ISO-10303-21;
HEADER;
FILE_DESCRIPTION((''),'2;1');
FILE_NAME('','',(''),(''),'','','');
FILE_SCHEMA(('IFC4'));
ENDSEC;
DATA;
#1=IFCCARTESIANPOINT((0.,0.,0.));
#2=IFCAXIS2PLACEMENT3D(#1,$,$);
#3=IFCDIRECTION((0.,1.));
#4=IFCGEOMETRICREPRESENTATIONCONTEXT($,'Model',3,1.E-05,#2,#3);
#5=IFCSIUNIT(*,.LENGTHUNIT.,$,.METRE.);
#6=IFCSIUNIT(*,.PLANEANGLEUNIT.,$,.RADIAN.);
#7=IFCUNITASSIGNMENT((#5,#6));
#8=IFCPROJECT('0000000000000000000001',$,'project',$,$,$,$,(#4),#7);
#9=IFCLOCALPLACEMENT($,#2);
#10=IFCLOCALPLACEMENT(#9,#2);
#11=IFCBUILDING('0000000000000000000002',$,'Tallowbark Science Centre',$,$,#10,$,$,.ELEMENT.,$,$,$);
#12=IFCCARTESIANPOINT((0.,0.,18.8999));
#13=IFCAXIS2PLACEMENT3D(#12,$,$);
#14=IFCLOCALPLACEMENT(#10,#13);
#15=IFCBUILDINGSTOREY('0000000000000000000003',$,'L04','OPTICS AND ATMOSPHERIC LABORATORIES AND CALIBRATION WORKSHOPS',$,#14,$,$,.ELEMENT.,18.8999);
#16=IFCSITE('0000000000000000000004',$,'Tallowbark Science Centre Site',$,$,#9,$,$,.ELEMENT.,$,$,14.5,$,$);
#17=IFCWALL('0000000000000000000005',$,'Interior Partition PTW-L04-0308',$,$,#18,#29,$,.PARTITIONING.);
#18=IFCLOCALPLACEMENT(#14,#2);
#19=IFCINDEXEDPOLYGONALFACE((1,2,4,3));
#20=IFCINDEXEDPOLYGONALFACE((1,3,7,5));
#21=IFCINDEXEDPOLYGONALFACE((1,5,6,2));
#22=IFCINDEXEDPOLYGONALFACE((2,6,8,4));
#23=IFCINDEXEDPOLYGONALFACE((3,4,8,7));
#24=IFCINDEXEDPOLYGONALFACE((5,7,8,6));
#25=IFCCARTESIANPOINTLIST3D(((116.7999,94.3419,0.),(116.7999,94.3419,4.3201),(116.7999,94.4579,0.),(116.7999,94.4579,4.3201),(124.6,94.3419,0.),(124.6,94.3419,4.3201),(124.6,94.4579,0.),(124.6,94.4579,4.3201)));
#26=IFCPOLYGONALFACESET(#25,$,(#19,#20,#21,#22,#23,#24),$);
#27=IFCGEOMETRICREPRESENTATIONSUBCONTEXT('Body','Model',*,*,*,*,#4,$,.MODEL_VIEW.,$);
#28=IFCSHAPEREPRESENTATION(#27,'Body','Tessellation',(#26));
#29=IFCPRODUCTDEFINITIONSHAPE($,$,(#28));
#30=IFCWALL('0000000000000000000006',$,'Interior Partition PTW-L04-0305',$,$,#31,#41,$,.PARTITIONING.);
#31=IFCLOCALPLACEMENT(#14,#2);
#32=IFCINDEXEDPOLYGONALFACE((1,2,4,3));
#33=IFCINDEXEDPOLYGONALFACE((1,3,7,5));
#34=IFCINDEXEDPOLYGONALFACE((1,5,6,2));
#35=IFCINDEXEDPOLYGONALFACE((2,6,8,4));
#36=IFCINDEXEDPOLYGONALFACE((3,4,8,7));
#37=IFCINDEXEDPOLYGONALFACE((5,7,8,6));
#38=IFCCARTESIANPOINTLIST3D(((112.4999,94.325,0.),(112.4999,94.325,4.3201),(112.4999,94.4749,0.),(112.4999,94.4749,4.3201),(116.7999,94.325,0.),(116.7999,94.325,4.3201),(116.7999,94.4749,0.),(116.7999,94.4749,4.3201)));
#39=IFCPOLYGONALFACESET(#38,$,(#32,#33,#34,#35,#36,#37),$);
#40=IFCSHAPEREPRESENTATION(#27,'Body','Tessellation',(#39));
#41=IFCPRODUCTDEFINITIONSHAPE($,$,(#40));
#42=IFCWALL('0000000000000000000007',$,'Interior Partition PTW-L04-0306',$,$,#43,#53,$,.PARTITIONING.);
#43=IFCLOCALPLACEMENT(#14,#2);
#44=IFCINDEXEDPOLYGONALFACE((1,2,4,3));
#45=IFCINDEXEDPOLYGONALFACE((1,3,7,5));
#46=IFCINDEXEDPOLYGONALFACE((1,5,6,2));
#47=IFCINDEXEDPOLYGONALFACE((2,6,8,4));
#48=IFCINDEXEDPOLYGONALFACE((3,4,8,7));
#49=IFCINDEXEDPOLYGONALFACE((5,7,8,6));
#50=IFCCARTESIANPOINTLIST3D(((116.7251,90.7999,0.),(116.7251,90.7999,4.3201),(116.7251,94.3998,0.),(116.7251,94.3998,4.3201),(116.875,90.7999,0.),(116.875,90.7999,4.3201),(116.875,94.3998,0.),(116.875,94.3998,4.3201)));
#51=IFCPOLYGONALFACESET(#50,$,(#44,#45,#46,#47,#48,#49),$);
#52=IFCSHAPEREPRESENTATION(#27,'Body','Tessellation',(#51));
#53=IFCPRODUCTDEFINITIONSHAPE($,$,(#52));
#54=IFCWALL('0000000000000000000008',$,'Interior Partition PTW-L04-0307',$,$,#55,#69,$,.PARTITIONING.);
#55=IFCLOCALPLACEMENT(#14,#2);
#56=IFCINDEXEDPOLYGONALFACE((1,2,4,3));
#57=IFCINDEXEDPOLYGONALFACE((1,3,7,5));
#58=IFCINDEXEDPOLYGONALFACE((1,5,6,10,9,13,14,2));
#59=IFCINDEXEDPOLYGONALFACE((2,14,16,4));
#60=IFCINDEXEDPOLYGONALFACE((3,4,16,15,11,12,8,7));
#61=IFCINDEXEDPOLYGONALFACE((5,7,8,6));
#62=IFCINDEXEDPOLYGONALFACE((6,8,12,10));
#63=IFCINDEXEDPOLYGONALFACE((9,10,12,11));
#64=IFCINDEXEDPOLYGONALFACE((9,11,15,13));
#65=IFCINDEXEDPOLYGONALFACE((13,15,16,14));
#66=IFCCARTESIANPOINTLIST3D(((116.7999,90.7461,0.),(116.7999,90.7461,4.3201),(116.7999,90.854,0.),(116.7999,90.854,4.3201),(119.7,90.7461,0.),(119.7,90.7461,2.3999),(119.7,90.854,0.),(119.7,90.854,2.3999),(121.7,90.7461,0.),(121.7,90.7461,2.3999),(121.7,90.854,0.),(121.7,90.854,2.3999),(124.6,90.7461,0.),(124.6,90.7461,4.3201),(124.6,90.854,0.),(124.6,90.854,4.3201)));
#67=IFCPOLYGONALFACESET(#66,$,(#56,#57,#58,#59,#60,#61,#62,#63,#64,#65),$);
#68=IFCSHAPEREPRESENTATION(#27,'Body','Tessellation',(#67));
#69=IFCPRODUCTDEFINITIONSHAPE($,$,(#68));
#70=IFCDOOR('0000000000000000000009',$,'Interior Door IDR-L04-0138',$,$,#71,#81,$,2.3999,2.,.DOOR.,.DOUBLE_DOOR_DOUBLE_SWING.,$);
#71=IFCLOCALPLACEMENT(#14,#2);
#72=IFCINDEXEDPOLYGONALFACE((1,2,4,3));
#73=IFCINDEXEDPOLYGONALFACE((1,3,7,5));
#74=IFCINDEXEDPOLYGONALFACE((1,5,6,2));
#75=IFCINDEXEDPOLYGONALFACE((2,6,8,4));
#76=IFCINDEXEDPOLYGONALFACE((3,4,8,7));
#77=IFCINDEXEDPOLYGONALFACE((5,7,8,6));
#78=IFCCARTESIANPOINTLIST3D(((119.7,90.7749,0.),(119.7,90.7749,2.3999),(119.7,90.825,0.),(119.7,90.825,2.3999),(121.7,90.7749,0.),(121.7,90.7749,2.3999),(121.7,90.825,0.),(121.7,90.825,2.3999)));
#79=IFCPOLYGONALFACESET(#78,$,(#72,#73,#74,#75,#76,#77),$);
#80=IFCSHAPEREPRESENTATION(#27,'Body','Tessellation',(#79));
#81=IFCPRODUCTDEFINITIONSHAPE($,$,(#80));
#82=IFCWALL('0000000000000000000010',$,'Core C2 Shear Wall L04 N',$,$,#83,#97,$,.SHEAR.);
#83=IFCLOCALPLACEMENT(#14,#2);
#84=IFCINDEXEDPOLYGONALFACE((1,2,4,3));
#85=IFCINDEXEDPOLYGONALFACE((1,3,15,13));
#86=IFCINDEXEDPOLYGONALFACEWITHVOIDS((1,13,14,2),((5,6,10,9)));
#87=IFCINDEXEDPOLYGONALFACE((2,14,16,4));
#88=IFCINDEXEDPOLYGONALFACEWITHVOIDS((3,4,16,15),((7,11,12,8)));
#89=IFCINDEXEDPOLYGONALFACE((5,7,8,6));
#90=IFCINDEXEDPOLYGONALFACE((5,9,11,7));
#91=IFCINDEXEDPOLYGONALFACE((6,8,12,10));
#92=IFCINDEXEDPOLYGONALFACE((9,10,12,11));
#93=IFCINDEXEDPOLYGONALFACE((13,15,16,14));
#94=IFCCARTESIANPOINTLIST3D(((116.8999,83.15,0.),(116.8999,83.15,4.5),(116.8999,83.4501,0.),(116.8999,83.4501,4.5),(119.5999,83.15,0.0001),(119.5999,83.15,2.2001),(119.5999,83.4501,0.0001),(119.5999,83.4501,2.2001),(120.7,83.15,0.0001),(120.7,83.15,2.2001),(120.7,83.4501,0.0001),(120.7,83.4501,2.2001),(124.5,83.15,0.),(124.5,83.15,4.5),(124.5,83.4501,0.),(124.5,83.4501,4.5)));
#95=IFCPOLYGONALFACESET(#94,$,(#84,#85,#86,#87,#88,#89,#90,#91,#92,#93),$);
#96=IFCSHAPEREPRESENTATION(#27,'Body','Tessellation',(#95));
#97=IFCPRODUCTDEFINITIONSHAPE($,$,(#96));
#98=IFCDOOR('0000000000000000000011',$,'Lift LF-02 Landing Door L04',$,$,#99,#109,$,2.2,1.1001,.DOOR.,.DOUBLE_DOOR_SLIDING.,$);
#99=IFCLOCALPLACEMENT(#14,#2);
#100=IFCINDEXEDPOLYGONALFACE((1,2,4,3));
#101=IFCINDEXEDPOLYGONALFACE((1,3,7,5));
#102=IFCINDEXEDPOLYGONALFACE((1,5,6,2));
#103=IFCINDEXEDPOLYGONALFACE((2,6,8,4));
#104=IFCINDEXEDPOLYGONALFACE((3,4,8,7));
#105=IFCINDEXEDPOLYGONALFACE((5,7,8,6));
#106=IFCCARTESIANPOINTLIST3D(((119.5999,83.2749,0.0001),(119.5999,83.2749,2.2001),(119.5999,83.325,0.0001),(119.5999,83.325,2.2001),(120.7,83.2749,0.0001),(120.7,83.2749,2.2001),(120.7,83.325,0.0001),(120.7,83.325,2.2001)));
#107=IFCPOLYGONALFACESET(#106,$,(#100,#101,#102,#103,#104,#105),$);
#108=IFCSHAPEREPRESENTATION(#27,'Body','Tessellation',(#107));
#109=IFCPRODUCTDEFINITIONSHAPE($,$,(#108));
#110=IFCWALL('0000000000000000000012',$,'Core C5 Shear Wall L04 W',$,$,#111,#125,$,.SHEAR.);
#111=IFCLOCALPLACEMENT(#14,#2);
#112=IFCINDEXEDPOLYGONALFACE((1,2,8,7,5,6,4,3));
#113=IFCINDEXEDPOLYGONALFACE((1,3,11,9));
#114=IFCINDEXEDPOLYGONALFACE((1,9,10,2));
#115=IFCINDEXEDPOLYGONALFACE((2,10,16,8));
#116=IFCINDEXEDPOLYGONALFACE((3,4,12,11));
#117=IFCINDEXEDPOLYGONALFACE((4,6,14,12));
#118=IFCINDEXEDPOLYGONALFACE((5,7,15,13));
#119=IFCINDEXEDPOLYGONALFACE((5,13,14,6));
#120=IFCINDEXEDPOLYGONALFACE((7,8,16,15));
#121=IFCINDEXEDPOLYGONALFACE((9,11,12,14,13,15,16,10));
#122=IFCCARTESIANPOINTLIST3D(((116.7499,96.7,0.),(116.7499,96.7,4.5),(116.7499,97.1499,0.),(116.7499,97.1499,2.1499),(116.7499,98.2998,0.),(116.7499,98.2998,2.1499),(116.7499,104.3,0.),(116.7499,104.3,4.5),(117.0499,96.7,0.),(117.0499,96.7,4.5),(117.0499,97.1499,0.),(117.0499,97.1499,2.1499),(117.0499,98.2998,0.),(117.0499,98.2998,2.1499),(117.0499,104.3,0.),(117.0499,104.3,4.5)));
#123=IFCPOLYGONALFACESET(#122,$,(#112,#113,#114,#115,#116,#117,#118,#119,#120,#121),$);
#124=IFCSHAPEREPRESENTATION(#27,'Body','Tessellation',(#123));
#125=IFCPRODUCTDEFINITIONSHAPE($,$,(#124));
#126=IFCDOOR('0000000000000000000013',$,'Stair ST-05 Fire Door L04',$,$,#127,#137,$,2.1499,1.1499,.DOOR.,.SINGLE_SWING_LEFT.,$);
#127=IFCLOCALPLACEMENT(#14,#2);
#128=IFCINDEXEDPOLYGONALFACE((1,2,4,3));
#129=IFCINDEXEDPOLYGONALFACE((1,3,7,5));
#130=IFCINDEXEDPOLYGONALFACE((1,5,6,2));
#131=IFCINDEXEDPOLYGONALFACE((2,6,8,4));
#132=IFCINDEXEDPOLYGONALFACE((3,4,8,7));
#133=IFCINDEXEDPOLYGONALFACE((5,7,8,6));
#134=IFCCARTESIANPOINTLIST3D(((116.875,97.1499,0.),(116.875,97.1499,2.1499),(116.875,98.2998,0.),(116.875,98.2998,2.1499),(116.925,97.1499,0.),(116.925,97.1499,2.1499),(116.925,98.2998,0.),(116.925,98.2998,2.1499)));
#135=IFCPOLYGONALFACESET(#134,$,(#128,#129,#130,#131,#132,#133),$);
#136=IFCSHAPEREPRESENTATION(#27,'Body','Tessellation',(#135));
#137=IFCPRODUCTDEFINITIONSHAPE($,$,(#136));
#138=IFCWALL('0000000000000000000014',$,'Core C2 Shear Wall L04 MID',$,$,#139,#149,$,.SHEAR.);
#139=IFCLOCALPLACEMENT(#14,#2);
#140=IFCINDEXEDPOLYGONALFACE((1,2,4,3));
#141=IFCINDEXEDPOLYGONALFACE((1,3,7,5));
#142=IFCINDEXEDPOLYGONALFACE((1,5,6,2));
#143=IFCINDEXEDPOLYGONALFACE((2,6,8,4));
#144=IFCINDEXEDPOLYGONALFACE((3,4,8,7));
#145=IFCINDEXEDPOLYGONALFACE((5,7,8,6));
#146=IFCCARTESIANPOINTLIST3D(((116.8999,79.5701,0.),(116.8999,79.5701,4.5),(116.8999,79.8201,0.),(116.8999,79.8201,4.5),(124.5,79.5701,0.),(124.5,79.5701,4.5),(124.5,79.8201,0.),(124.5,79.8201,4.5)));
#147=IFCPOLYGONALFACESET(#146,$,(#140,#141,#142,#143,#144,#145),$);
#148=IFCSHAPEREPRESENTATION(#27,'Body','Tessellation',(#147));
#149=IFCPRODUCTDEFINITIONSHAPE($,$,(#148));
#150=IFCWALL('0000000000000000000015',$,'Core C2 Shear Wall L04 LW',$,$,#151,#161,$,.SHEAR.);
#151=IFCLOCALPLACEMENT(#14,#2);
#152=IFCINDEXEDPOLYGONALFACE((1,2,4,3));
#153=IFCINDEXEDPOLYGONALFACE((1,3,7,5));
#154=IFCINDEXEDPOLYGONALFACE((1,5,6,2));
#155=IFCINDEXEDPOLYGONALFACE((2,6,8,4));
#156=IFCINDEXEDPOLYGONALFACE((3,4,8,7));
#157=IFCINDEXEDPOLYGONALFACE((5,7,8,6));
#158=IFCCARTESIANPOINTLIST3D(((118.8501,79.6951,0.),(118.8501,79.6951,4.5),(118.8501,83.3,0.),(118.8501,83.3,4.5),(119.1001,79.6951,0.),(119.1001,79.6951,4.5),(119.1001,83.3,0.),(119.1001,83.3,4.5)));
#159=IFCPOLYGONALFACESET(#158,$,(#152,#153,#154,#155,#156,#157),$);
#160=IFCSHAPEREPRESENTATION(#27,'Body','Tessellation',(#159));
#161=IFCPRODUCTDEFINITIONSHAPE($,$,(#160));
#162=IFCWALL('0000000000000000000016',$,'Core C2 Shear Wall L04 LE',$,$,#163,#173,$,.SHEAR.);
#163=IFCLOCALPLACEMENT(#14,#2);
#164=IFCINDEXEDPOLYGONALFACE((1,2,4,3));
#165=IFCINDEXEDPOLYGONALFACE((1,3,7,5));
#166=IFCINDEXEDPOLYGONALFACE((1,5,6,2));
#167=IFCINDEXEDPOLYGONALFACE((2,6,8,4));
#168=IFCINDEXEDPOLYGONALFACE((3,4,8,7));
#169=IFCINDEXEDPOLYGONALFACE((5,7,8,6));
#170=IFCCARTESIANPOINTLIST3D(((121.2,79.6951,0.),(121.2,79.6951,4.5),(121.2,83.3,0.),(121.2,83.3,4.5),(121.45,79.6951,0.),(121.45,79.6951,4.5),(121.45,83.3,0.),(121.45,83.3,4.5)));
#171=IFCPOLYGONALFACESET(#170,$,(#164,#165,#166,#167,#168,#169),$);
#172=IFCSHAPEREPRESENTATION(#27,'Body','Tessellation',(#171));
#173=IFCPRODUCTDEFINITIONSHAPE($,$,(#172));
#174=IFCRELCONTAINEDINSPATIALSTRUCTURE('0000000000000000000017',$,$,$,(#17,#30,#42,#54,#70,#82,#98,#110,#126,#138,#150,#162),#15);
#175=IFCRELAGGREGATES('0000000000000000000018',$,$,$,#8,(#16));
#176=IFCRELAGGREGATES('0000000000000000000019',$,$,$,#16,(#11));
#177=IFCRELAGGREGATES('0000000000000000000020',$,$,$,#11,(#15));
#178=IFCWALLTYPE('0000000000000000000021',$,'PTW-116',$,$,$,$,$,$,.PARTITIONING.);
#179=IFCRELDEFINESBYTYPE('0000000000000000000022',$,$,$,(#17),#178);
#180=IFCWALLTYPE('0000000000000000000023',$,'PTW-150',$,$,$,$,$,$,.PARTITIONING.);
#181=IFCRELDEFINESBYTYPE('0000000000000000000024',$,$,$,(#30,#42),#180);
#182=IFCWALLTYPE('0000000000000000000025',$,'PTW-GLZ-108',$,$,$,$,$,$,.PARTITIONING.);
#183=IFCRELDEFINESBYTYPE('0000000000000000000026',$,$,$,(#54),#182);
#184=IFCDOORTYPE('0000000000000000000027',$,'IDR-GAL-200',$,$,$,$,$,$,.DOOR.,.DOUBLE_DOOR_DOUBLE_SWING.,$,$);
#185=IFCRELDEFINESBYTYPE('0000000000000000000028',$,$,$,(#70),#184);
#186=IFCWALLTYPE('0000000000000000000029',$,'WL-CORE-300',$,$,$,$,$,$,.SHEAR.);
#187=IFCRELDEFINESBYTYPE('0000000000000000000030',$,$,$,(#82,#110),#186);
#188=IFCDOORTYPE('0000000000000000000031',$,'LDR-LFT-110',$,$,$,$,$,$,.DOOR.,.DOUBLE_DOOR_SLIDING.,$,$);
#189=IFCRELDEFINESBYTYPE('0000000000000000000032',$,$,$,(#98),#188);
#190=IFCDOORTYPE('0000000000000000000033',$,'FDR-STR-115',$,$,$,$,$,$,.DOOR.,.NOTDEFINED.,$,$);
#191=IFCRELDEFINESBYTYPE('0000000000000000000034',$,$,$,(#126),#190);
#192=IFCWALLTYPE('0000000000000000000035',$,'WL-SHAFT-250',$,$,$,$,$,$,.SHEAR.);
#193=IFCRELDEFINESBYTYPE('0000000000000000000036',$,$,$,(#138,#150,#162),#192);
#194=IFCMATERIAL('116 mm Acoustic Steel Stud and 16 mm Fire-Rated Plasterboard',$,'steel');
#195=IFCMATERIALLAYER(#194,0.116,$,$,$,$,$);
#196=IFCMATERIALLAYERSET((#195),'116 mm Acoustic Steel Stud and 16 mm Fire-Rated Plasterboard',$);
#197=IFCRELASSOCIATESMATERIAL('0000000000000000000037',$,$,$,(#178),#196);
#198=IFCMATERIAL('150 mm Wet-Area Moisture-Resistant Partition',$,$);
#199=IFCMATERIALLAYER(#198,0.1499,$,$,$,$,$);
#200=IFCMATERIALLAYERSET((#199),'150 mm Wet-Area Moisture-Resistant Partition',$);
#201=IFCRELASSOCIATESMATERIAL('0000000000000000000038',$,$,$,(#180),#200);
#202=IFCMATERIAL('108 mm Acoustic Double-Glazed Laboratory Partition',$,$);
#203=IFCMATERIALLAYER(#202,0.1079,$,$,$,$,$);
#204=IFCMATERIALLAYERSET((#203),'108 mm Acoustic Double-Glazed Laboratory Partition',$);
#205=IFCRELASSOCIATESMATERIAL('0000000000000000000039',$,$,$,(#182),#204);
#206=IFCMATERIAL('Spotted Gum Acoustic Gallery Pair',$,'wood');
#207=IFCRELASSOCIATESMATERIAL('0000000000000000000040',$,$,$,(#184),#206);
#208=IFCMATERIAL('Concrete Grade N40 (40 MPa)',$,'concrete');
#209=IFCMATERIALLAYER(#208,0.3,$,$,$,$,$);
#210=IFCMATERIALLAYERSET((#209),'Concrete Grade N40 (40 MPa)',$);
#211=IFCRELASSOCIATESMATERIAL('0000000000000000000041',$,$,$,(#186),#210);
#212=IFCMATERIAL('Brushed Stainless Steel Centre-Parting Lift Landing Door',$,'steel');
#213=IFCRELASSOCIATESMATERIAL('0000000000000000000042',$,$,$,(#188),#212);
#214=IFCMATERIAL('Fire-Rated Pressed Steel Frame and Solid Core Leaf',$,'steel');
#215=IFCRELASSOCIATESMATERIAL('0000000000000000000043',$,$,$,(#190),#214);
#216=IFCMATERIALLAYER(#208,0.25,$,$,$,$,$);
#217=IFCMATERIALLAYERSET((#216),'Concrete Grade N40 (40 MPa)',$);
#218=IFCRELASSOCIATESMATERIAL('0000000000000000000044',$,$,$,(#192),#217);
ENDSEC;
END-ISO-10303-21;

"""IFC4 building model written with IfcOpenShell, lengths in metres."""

from ifc_helpers import new_model, si_unit, direction, frame, frame_2d, origin, place, context, subcontext, project, spatial, rectangle, extrude, material, layer, layer_set, type_object, element, fill, save


model = new_model("IFC4")

# Units and contexts
model_context = context("Model", 3, precision=1e-05, world=origin(), true_north=direction((0.0, 1.0)))
body_context = subcontext(model_context, "Body", "Model", "MODEL_VIEW")
ifc_project = project(units=[si_unit("LENGTHUNIT", "METRE"), si_unit("PLANEANGLEUNIT", "RADIAN")], contexts=[model_context])

# Site, building, storey
site_placement = place(None, origin())
site = spatial("IfcSite", under=ifc_project, at=site_placement, Name="Tallowbark Science Centre Site", CompositionType="ELEMENT", RefElevation=14.5)
building_placement = place(site_placement, origin())
building = spatial("IfcBuilding", under=site, at=building_placement, Name="Tallowbark Science Centre", CompositionType="ELEMENT")
storey_placement = place(building_placement, frame((0.0, 0.0, 18.8999)))
storey = spatial("IfcBuildingStorey", under=building, at=storey_placement, Name="L04", Description="OPTICS AND ATMOSPHERIC LABORATORIES AND CALIBRATION WORKSHOPS", CompositionType="ELEMENT", Elevation=18.8999)

# Walls
ifc_material_1 = material(Name="116 mm Acoustic Steel Stud and 16 mm Fire-Rated Plasterboard", Category="steel")
ifc_layer_1 = layer(ifc_material_1, 0.116)
ifc_layer_set_1 = layer_set([ifc_layer_1], Name="116 mm Acoustic Steel Stud and 16 mm Fire-Rated Plasterboard")
wall_type_1 = type_object("IfcWallType", Name="PTW-116", PredefinedType="PARTITIONING", material=ifc_layer_set_1)
wall_1_placement = place(storey_placement, frame((116.8, 94.3999, 0.0), z_axis=(0.0, 0.0, 1.0), x_axis=(1.0, 0.0, 0.0)))
element("IfcWall", 1, at=wall_1_placement, inside=storey, type_object=wall_type_1, Name="Interior Partition PTW-L04-0308", PredefinedType="PARTITIONING", context=body_context, shape_type="SweptSolid", body=[
    extrude(rectangle(XDim=7.8, YDim=0.116, at=frame_2d((3.8999, 0.0))), origin(), (0.0, 0.0, 1.0), 4.3201),
])
ifc_material_2 = material(Name="150 mm Wet-Area Moisture-Resistant Partition")
ifc_layer_2 = layer(ifc_material_2, 0.1499)
ifc_layer_set_2 = layer_set([ifc_layer_2], Name="150 mm Wet-Area Moisture-Resistant Partition")
wall_type_2 = type_object("IfcWallType", Name="PTW-150", PredefinedType="PARTITIONING", material=ifc_layer_set_2)
wall_2_placement = place(storey_placement, frame((112.5, 94.3999, 0.0), z_axis=(0.0, 0.0, 1.0), x_axis=(1.0, 0.0, 0.0)))
element("IfcWall", 2, at=wall_2_placement, inside=storey, type_object=wall_type_2, Name="Interior Partition PTW-L04-0305", PredefinedType="PARTITIONING", context=body_context, shape_type="SweptSolid", body=[
    extrude(rectangle(XDim=4.3, YDim=0.1499, at=frame_2d((2.1499, 0.0))), origin(), (0.0, 0.0, 1.0), 4.3201),
])
wall_3_placement = place(storey_placement, frame((116.8, 90.8, 0.0), z_axis=(0.0, 0.0, 1.0), x_axis=(0.0, 1.0, 0.0)))
element("IfcWall", 3, at=wall_3_placement, inside=storey, type_object=wall_type_2, Name="Interior Partition PTW-L04-0306", PredefinedType="PARTITIONING", context=body_context, shape_type="SweptSolid", body=[
    extrude(rectangle(XDim=3.5999, YDim=0.1499, at=frame_2d((1.7998, 0.0))), origin(), (0.0, 0.0, 1.0), 4.3201),
])

# Walls, openings, doors
ifc_material_3 = material(Name="108 mm Acoustic Double-Glazed Laboratory Partition")
ifc_layer_3 = layer(ifc_material_3, 0.1079)
ifc_layer_set_3 = layer_set([ifc_layer_3], Name="108 mm Acoustic Double-Glazed Laboratory Partition")
wall_type_3 = type_object("IfcWallType", Name="PTW-GLZ-108", PredefinedType="PARTITIONING", material=ifc_layer_set_3)
wall_4_placement = place(storey_placement, frame((116.8, 90.8, 0.0), z_axis=(0.0, 0.0, 1.0), x_axis=(1.0, 0.0, 0.0)))
wall_4 = element("IfcWall", 4, at=wall_4_placement, inside=storey, type_object=wall_type_3, Name="Interior Partition PTW-L04-0307", PredefinedType="PARTITIONING", context=body_context, shape_type="SweptSolid", body=[
    extrude(rectangle(XDim=7.8, YDim=0.1079, at=frame_2d((3.8999, 0.0))), origin(), (0.0, 0.0, 1.0), 4.3201),
])
opening_1_placement = place(wall_4_placement, frame((2.8999, 0.0, 0.0)))
opening_1 = element("IfcOpeningElement", 5, at=opening_1_placement, cuts=wall_4, PredefinedType="OPENING", context=body_context, shape_type="SweptSolid", body=[
    extrude(rectangle(XDim=2.0, YDim=2.3999, at=frame_2d((1.0, 1.2))), frame((0.0, 0.064, 0.0), z_axis=(0.0, -1.0, 0.0), x_axis=(1.0, 0.0, 0.0)), (0.0, 0.0, 1.0), 0.1279),
])
ifc_material_4 = material(Name="Spotted Gum Acoustic Gallery Pair", Category="wood")
door_type_1 = type_object("IfcDoorType", Name="IDR-GAL-200", OperationType="DOUBLE_DOOR_DOUBLE_SWING", PredefinedType="DOOR", material=ifc_material_4)
door_1_placement = place(opening_1_placement, origin())
door_1 = element("IfcDoor", 6, at=door_1_placement, inside=storey, type_object=door_type_1, Name="Interior Door IDR-L04-0138", OperationType="DOUBLE_DOOR_DOUBLE_SWING", OverallHeight=2.3999, OverallWidth=2.0, PredefinedType="DOOR", context=body_context, shape_type="SweptSolid", body=[
    extrude(rectangle(XDim=2.0, YDim=2.3999, at=frame_2d((1.0, 1.2))), frame((0.0, 0.0249, 0.0), z_axis=(0.0, -1.0, 0.0), x_axis=(1.0, 0.0, 0.0)), (0.0, 0.0, 1.0), 0.05),
])
fill(opening_1, door_1)
ifc_material_5 = material(Name="Concrete Grade N40 (40 MPa)", Category="concrete")
ifc_layer_4 = layer(ifc_material_5, 0.3)
ifc_layer_set_4 = layer_set([ifc_layer_4], Name="Concrete Grade N40 (40 MPa)")
wall_type_4 = type_object("IfcWallType", Name="WL-CORE-300", PredefinedType="SHEAR", material=ifc_layer_set_4)
wall_5_placement = place(storey_placement, frame((116.8999, 83.3, 0.0), z_axis=(0.0, 0.0, 1.0), x_axis=(1.0, 0.0, 0.0)))
wall_5 = element("IfcWall", 7, at=wall_5_placement, inside=storey, type_object=wall_type_4, Name="Core C2 Shear Wall L04 N", PredefinedType="SHEAR", context=body_context, shape_type="SweptSolid", body=[
    extrude(rectangle(XDim=7.6001, YDim=0.3, at=frame_2d((3.8, 0.0))), origin(), (0.0, 0.0, 1.0), 4.5),
])
opening_2_placement = place(wall_5_placement, frame((2.7, 0.0, 0.0)))
opening_2 = element("IfcOpeningElement", 8, at=opening_2_placement, cuts=wall_5, PredefinedType="OPENING", context=body_context, shape_type="SweptSolid", body=[
    extrude(rectangle(XDim=1.1001, YDim=2.2, at=frame_2d((0.55, 1.1001))), frame((0.0, 0.1602, 0.0), z_axis=(0.0, -1.0, 0.0), x_axis=(1.0, 0.0, 0.0)), (0.0, 0.0, 1.0), 0.3201),
])
ifc_material_6 = material(Name="Brushed Stainless Steel Centre-Parting Lift Landing Door", Category="steel")
door_type_2 = type_object("IfcDoorType", Name="LDR-LFT-110", OperationType="DOUBLE_DOOR_SLIDING", PredefinedType="DOOR", material=ifc_material_6)
door_2_placement = place(opening_2_placement, origin())
door_2 = element("IfcDoor", 9, at=door_2_placement, inside=storey, type_object=door_type_2, Name="Lift LF-02 Landing Door L04", OperationType="DOUBLE_DOOR_SLIDING", OverallHeight=2.2, OverallWidth=1.1001, PredefinedType="DOOR", context=body_context, shape_type="SweptSolid", body=[
    extrude(rectangle(XDim=1.1001, YDim=2.2, at=frame_2d((0.55, 1.1001))), frame((0.0, 0.0249, 0.0), z_axis=(0.0, -1.0, 0.0), x_axis=(1.0, 0.0, 0.0)), (0.0, 0.0, 1.0), 0.05),
])
fill(opening_2, door_2)
wall_6_placement = place(storey_placement, frame((116.8999, 96.7, 0.0), z_axis=(0.0, 0.0, 1.0), x_axis=(0.0, 1.0, 0.0)))
wall_6 = element("IfcWall", 10, at=wall_6_placement, inside=storey, type_object=wall_type_4, Name="Core C5 Shear Wall L04 W", PredefinedType="SHEAR", context=body_context, shape_type="SweptSolid", body=[
    extrude(rectangle(XDim=7.6001, YDim=0.3, at=frame_2d((3.8, 0.0))), origin(), (0.0, 0.0, 1.0), 4.5),
])
opening_3_placement = place(wall_6_placement, frame((0.45, 0.0, 0.0)))
opening_3 = element("IfcOpeningElement", 11, at=opening_3_placement, cuts=wall_6, PredefinedType="OPENING", context=body_context, shape_type="SweptSolid", body=[
    extrude(rectangle(XDim=1.1499, YDim=2.1499, at=frame_2d((0.575, 1.075))), frame((0.0, 0.1602, 0.0), z_axis=(0.0, -1.0, 0.0), x_axis=(1.0, 0.0, 0.0)), (0.0, 0.0, 1.0), 0.3201),
])
ifc_material_7 = material(Name="Fire-Rated Pressed Steel Frame and Solid Core Leaf", Category="steel")
door_type_3 = type_object("IfcDoorType", Name="FDR-STR-115", OperationType="NOTDEFINED", PredefinedType="DOOR", material=ifc_material_7)
door_3_placement = place(opening_3_placement, origin())
door_3 = element("IfcDoor", 12, at=door_3_placement, inside=storey, type_object=door_type_3, Name="Stair ST-05 Fire Door L04", OperationType="SINGLE_SWING_LEFT", OverallHeight=2.1499, OverallWidth=1.1499, PredefinedType="DOOR", context=body_context, shape_type="SweptSolid", body=[
    extrude(rectangle(XDim=1.1499, YDim=2.1499, at=frame_2d((0.575, 1.075))), frame((0.0, 0.0249, 0.0), z_axis=(0.0, -1.0, 0.0), x_axis=(1.0, 0.0, 0.0)), (0.0, 0.0, 1.0), 0.05),
])
fill(opening_3, door_3)

# Walls
ifc_layer_5 = layer(ifc_material_5, 0.25)
ifc_layer_set_5 = layer_set([ifc_layer_5], Name="Concrete Grade N40 (40 MPa)")
wall_type_5 = type_object("IfcWallType", Name="WL-SHAFT-250", PredefinedType="SHEAR", material=ifc_layer_set_5)
wall_7_placement = place(storey_placement, frame((116.8999, 79.6951, 0.0), z_axis=(0.0, 0.0, 1.0), x_axis=(1.0, 0.0, 0.0)))
element("IfcWall", 13, at=wall_7_placement, inside=storey, type_object=wall_type_5, Name="Core C2 Shear Wall L04 MID", PredefinedType="SHEAR", context=body_context, shape_type="SweptSolid", body=[
    extrude(rectangle(XDim=7.6001, YDim=0.25, at=frame_2d((3.8, 0.0))), origin(), (0.0, 0.0, 1.0), 4.5),
])
for number, where, z_axis, x_axis, name in (
    (14, (118.9751, 79.6951, 0.0), (0.0, 0.0, 1.0), (0.0, 1.0, 0.0), "Core C2 Shear Wall L04 LW"),
    (15, (121.325, 79.6951, 0.0), (0.0, 0.0, 1.0), (0.0, 1.0, 0.0), "Core C2 Shear Wall L04 LE"),
):
    element("IfcWall", number, at=place(storey_placement, frame(where, z_axis=z_axis, x_axis=x_axis)), inside=storey, type_object=wall_type_5, Name=name, PredefinedType="SHEAR", context=body_context, shape_type="SweptSolid", body=[
        extrude(rectangle(XDim=3.605, YDim=0.25, at=frame_2d((1.8025, 0.0))), origin(), (0.0, 0.0, 1.0), 4.5),
    ])

save(model, "model.ifc")
